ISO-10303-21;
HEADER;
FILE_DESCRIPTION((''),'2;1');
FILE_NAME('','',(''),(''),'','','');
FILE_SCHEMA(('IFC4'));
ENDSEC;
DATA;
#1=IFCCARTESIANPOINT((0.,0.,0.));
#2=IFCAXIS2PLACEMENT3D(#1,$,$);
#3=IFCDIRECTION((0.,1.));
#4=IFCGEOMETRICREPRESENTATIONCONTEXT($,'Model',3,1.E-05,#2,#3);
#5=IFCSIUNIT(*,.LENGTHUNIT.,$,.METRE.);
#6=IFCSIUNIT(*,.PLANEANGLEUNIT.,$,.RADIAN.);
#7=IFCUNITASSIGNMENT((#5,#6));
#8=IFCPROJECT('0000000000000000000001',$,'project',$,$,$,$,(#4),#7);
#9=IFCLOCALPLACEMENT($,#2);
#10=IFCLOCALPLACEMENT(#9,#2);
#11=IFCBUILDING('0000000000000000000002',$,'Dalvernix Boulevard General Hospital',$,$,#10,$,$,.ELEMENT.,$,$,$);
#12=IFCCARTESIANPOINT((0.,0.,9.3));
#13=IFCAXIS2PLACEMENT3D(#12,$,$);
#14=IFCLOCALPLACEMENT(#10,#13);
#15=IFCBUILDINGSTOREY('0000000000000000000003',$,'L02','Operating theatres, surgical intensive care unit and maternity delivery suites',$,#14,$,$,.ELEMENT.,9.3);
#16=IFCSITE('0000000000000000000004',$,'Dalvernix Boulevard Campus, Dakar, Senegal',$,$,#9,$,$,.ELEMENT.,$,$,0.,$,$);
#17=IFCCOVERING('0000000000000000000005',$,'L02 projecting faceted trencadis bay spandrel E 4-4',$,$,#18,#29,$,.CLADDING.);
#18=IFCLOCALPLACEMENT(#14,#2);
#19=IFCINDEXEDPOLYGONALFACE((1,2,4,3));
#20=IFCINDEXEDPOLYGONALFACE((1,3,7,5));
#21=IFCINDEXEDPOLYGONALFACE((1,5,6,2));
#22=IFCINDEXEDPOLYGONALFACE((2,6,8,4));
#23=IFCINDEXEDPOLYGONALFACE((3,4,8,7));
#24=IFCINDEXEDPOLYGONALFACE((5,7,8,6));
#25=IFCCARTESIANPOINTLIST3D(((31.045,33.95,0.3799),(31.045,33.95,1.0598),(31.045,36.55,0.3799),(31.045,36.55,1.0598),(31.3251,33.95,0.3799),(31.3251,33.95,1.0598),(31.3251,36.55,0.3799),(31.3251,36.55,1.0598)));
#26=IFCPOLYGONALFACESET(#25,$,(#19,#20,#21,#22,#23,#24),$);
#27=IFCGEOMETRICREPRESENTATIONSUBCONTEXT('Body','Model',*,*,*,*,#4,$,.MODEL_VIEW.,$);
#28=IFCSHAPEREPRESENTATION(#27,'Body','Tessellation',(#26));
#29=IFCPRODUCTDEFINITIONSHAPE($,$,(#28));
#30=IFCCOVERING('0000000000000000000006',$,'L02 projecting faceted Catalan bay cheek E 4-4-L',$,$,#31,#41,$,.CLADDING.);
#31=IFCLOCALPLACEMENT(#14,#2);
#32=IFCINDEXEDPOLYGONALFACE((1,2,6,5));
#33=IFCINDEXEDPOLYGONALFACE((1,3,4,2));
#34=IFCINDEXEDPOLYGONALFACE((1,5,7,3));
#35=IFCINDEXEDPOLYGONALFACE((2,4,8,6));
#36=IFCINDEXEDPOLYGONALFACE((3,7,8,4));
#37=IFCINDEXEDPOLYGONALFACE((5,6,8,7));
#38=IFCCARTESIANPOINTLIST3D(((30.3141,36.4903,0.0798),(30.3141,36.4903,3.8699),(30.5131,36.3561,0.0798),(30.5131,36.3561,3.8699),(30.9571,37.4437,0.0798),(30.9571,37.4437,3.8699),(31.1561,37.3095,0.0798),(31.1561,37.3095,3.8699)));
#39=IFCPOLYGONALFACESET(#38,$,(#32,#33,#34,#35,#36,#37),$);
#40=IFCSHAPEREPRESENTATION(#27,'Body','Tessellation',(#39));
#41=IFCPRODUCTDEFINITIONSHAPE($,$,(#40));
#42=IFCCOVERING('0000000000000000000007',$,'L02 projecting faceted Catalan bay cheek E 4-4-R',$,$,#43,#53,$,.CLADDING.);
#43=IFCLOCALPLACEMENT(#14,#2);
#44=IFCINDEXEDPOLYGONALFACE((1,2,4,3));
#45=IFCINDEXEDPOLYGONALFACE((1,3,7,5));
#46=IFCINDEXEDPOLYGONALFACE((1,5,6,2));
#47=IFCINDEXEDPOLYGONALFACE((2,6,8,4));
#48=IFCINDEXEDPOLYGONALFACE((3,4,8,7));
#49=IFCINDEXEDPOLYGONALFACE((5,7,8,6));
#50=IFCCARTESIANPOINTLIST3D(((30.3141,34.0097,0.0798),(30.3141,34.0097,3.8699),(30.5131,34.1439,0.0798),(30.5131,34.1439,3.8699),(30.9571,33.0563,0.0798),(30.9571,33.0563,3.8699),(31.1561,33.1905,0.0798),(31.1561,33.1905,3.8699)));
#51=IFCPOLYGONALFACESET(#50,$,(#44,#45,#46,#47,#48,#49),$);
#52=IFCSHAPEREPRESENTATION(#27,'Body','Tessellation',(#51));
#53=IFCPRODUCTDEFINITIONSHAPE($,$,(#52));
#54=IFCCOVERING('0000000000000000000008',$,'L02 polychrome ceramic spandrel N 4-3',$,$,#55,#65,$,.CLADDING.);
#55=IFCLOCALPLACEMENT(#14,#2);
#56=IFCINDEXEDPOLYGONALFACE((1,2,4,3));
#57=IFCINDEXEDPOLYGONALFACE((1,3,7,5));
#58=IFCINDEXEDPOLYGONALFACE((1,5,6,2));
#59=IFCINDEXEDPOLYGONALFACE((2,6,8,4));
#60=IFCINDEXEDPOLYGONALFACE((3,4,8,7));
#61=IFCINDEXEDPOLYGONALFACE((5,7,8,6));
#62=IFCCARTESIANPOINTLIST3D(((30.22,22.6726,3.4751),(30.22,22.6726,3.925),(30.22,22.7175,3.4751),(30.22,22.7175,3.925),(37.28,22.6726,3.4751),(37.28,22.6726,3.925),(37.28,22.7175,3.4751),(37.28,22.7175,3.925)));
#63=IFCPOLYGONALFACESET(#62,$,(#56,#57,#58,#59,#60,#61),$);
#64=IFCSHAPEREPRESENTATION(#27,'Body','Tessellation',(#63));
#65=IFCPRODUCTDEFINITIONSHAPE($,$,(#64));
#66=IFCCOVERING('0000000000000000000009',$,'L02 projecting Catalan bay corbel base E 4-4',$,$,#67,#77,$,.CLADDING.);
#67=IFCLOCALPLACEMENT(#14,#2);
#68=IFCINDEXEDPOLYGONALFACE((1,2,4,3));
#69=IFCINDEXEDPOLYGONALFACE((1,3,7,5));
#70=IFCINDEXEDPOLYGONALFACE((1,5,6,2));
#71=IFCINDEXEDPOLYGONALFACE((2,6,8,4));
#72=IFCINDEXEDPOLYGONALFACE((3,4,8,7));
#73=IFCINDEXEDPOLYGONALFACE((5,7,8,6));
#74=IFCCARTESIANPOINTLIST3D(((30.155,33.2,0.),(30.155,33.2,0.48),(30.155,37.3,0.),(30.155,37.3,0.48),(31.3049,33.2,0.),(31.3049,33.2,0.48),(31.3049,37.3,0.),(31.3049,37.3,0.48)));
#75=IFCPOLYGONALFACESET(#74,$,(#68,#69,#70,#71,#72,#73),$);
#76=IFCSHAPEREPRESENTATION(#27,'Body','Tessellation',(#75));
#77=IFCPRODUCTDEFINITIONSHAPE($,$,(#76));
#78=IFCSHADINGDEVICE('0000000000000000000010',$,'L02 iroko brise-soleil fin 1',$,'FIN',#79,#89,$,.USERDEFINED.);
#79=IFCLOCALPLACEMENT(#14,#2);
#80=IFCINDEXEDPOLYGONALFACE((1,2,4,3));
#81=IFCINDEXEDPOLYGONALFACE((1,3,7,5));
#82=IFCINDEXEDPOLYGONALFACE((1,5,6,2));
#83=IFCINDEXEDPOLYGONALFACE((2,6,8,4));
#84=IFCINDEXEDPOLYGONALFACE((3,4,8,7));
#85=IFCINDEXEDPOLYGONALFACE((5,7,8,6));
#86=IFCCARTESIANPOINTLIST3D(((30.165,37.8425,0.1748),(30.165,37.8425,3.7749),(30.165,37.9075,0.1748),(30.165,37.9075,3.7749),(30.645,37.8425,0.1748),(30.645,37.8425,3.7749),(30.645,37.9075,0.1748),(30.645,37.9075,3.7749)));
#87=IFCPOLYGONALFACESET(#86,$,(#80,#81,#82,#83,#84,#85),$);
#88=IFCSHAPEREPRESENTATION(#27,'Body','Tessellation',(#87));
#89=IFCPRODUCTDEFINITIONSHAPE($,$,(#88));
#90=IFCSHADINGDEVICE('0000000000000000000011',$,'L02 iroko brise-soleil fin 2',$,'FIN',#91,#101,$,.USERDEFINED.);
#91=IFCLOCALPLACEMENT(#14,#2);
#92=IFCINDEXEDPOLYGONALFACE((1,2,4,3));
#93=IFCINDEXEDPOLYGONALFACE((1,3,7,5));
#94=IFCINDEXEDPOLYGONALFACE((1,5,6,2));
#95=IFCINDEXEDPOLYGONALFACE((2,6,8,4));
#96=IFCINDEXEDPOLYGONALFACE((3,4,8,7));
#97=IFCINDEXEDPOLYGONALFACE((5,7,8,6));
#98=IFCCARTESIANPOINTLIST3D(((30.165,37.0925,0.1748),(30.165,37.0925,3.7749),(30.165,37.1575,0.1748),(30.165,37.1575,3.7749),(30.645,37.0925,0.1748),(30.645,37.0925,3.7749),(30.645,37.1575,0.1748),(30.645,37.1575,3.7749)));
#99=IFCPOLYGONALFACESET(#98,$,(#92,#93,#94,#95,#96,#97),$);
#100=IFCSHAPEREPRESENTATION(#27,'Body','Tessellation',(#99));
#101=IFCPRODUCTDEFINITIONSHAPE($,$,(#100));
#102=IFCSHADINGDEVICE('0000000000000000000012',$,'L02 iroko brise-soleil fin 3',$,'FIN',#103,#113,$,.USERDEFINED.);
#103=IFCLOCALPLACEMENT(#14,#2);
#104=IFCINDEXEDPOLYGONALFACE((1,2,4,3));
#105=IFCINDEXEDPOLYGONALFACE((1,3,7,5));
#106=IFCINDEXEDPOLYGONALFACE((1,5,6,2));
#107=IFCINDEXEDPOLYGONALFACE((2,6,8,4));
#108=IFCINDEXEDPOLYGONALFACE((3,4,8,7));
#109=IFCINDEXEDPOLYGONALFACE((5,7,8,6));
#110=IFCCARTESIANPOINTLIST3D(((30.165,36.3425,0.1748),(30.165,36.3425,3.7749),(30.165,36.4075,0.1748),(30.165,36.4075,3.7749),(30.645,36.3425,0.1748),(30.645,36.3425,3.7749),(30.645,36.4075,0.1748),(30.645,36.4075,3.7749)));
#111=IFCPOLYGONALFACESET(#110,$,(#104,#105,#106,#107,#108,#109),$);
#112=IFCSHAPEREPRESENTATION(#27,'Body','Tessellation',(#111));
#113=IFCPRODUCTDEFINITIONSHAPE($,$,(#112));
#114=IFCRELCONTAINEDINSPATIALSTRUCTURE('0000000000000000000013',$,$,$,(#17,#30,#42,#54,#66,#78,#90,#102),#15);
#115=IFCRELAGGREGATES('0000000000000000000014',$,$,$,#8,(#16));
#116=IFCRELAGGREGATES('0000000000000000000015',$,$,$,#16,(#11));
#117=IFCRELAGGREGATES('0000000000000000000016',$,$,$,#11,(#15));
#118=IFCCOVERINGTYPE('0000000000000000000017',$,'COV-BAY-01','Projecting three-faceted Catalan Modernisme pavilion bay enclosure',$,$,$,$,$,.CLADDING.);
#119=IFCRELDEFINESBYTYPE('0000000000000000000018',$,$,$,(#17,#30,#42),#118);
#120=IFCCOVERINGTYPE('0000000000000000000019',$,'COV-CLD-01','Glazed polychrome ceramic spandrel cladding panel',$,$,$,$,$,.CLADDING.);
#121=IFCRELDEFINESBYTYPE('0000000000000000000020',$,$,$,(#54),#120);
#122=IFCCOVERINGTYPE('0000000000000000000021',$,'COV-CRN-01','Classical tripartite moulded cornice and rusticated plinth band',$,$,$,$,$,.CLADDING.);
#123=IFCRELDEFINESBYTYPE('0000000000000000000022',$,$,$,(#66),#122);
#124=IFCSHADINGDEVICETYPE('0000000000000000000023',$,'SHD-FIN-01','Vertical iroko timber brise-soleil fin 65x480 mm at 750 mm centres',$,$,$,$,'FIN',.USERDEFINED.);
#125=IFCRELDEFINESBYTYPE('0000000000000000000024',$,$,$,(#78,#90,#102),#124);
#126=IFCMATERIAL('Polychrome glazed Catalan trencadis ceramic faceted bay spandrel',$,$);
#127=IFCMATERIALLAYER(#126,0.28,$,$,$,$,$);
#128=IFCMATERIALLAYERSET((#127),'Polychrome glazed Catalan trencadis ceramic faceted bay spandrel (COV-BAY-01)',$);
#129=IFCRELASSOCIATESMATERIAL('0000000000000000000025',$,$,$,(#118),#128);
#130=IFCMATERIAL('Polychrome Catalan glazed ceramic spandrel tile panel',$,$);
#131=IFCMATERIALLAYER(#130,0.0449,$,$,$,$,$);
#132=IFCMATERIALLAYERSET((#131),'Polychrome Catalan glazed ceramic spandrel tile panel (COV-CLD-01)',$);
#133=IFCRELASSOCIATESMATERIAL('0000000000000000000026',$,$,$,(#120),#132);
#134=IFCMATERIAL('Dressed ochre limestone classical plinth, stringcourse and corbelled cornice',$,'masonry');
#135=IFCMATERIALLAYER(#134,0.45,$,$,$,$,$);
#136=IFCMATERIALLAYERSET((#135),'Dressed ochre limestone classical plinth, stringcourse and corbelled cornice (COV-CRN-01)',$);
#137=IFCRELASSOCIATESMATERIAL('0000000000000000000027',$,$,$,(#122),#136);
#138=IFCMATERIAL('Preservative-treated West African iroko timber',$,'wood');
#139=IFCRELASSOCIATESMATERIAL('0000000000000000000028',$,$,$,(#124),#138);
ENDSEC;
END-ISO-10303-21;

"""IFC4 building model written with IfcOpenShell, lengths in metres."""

from ifc_helpers import new_model, si_unit, direction, frame, origin, origin_2d, place, context, subcontext, project, spatial, rectangle, extrude, material, layer, layer_set, type_object, element, save


model = new_model("IFC4")

# Units and contexts
model_context = context("Model", 3, precision=1e-05, world=origin(), true_north=direction((0.0, 1.0)))
body_context = subcontext(model_context, "Body", "Model", "MODEL_VIEW")
ifc_project = project(units=[si_unit("LENGTHUNIT", "METRE"), si_unit("PLANEANGLEUNIT", "RADIAN")], contexts=[model_context])

# Site, building, storey
site_placement = place(None, origin())
site = spatial("IfcSite", under=ifc_project, at=site_placement, Name="Dalvernix Boulevard Campus, Dakar, Senegal", CompositionType="ELEMENT", RefElevation=0.0)
building_placement = place(site_placement, origin())
building = spatial("IfcBuilding", under=site, at=building_placement, Name="Dalvernix Boulevard General Hospital", CompositionType="ELEMENT")
storey_placement = place(building_placement, frame((0.0, 0.0, 9.3)))
storey = spatial("IfcBuildingStorey", under=building, at=storey_placement, Name="L02", Description="Operating theatres, surgical intensive care unit and maternity delivery suites", CompositionType="ELEMENT", Elevation=9.3)

# Coverings
ifc_material_1 = material(Name="Polychrome glazed Catalan trencadis ceramic faceted bay spandrel")
ifc_layer_1 = layer(ifc_material_1, 0.28)
ifc_layer_set_1 = layer_set([ifc_layer_1], Name="Polychrome glazed Catalan trencadis ceramic faceted bay spandrel (COV-BAY-01)")
covering_type_1 = type_object("IfcCoveringType", Name="COV-BAY-01", Description="Projecting three-faceted Catalan Modernisme pavilion bay enclosure", PredefinedType="CLADDING", material=ifc_layer_set_1)
covering_1_placement = place(storey_placement, frame((31.1851, 35.25, 0.3799), z_axis=(0.0, 0.0, 1.0), x_axis=(0.0, -1.0, 0.0)))
element("IfcCovering", 1, at=covering_1_placement, inside=storey, type_object=covering_type_1, Name="L02 projecting faceted trencadis bay spandrel E 4-4", PredefinedType="CLADDING", context=body_context, shape_type="SweptSolid", body=[
    extrude(rectangle(XDim=2.6001, YDim=0.28, at=origin_2d()), origin(), (0.0, 0.0, 1.0), 0.6799),
])
for number, where, z_axis, x_axis, name in (
    (2, (30.7351, 36.8999, 0.0798), (0.0, 0.0, 1.0), (-0.559193, -0.829038, 0.0), "L02 projecting faceted Catalan bay cheek E 4-4-L"),
    (3, (30.7351, 33.6001, 0.0798), (0.0, 0.0, 1.0), (0.559193, -0.829038, 0.0), "L02 projecting faceted Catalan bay cheek E 4-4-R"),
):
    element("IfcCovering", number, at=place(storey_placement, frame(where, z_axis=z_axis, x_axis=x_axis)), inside=storey, type_object=covering_type_1, Name=name, PredefinedType="CLADDING", context=body_context, shape_type="SweptSolid", body=[
        extrude(rectangle(XDim=1.1499, YDim=0.24, at=origin_2d()), origin(), (0.0, 0.0, 1.0), 3.79),
    ])
ifc_material_2 = material(Name="Polychrome Catalan glazed ceramic spandrel tile panel")
ifc_layer_2 = layer(ifc_material_2, 0.0449)
ifc_layer_set_2 = layer_set([ifc_layer_2], Name="Polychrome Catalan glazed ceramic spandrel tile panel (COV-CLD-01)")
covering_type_2 = type_object("IfcCoveringType", Name="COV-CLD-01", Description="Glazed polychrome ceramic spandrel cladding panel", PredefinedType="CLADDING", material=ifc_layer_set_2)
covering_2_placement = place(storey_placement, frame((33.75, 22.6951, 3.4751), z_axis=(0.0, 0.0, 1.0), x_axis=(1.0, 0.0, 0.0)))
element("IfcCovering", 4, at=covering_2_placement, inside=storey, type_object=covering_type_2, Name="L02 polychrome ceramic spandrel N 4-3", PredefinedType="CLADDING", context=body_context, shape_type="SweptSolid", body=[
    extrude(rectangle(XDim=7.0601, YDim=0.0449, at=origin_2d()), origin(), (0.0, 0.0, 1.0), 0.45),
])
ifc_material_3 = material(Name="Dressed ochre limestone classical plinth, stringcourse and corbelled cornice", Category="masonry")
ifc_layer_3 = layer(ifc_material_3, 0.45)
ifc_layer_set_3 = layer_set([ifc_layer_3], Name="Dressed ochre limestone classical plinth, stringcourse and corbelled cornice (COV-CRN-01)")
covering_type_3 = type_object("IfcCoveringType", Name="COV-CRN-01", Description="Classical tripartite moulded cornice and rusticated plinth band", PredefinedType="CLADDING", material=ifc_layer_set_3)
covering_3_placement = place(storey_placement, frame((30.73, 35.25, 0.0), z_axis=(0.0, 0.0, 1.0), x_axis=(0.0, -1.0, 0.0)))
element("IfcCovering", 5, at=covering_3_placement, inside=storey, type_object=covering_type_3, Name="L02 projecting Catalan bay corbel base E 4-4", PredefinedType="CLADDING", context=body_context, shape_type="SweptSolid", body=[
    extrude(rectangle(XDim=4.1001, YDim=1.1499, at=origin_2d()), origin(), (0.0, 0.0, 1.0), 0.48),
])

# Shading devices
ifc_material_4 = material(Name="Preservative-treated West African iroko timber", Category="wood")
shading_device_type = type_object("IfcShadingDeviceType", Name="SHD-FIN-01", Description="Vertical iroko timber brise-soleil fin 65x480 mm at 750 mm centres", ElementType="FIN", PredefinedType="USERDEFINED", material=ifc_material_4)
for number, where, z_axis, x_axis, name in (
    (6, (30.405, 37.875, 0.1748), (0.0, 0.0, 1.0), (0.0, -1.0, 0.0), "L02 iroko brise-soleil fin 1"),
    (7, (30.405, 37.125, 0.1748), (0.0, 0.0, 1.0), (0.0, -1.0, 0.0), "L02 iroko brise-soleil fin 2"),
    (8, (30.405, 36.375, 0.1748), (0.0, 0.0, 1.0), (0.0, -1.0, 0.0), "L02 iroko brise-soleil fin 3"),
):
    element("IfcShadingDevice", number, at=place(storey_placement, frame(where, z_axis=z_axis, x_axis=x_axis)), inside=storey, type_object=shading_device_type, Name=name, ObjectType="FIN", PredefinedType="USERDEFINED", context=body_context, shape_type="SweptSolid", body=[
        extrude(rectangle(XDim=0.0649, YDim=0.48, at=origin_2d()), origin(), (0.0, 0.0, 1.0), 3.6001),
    ])

save(model, "model.ifc")
